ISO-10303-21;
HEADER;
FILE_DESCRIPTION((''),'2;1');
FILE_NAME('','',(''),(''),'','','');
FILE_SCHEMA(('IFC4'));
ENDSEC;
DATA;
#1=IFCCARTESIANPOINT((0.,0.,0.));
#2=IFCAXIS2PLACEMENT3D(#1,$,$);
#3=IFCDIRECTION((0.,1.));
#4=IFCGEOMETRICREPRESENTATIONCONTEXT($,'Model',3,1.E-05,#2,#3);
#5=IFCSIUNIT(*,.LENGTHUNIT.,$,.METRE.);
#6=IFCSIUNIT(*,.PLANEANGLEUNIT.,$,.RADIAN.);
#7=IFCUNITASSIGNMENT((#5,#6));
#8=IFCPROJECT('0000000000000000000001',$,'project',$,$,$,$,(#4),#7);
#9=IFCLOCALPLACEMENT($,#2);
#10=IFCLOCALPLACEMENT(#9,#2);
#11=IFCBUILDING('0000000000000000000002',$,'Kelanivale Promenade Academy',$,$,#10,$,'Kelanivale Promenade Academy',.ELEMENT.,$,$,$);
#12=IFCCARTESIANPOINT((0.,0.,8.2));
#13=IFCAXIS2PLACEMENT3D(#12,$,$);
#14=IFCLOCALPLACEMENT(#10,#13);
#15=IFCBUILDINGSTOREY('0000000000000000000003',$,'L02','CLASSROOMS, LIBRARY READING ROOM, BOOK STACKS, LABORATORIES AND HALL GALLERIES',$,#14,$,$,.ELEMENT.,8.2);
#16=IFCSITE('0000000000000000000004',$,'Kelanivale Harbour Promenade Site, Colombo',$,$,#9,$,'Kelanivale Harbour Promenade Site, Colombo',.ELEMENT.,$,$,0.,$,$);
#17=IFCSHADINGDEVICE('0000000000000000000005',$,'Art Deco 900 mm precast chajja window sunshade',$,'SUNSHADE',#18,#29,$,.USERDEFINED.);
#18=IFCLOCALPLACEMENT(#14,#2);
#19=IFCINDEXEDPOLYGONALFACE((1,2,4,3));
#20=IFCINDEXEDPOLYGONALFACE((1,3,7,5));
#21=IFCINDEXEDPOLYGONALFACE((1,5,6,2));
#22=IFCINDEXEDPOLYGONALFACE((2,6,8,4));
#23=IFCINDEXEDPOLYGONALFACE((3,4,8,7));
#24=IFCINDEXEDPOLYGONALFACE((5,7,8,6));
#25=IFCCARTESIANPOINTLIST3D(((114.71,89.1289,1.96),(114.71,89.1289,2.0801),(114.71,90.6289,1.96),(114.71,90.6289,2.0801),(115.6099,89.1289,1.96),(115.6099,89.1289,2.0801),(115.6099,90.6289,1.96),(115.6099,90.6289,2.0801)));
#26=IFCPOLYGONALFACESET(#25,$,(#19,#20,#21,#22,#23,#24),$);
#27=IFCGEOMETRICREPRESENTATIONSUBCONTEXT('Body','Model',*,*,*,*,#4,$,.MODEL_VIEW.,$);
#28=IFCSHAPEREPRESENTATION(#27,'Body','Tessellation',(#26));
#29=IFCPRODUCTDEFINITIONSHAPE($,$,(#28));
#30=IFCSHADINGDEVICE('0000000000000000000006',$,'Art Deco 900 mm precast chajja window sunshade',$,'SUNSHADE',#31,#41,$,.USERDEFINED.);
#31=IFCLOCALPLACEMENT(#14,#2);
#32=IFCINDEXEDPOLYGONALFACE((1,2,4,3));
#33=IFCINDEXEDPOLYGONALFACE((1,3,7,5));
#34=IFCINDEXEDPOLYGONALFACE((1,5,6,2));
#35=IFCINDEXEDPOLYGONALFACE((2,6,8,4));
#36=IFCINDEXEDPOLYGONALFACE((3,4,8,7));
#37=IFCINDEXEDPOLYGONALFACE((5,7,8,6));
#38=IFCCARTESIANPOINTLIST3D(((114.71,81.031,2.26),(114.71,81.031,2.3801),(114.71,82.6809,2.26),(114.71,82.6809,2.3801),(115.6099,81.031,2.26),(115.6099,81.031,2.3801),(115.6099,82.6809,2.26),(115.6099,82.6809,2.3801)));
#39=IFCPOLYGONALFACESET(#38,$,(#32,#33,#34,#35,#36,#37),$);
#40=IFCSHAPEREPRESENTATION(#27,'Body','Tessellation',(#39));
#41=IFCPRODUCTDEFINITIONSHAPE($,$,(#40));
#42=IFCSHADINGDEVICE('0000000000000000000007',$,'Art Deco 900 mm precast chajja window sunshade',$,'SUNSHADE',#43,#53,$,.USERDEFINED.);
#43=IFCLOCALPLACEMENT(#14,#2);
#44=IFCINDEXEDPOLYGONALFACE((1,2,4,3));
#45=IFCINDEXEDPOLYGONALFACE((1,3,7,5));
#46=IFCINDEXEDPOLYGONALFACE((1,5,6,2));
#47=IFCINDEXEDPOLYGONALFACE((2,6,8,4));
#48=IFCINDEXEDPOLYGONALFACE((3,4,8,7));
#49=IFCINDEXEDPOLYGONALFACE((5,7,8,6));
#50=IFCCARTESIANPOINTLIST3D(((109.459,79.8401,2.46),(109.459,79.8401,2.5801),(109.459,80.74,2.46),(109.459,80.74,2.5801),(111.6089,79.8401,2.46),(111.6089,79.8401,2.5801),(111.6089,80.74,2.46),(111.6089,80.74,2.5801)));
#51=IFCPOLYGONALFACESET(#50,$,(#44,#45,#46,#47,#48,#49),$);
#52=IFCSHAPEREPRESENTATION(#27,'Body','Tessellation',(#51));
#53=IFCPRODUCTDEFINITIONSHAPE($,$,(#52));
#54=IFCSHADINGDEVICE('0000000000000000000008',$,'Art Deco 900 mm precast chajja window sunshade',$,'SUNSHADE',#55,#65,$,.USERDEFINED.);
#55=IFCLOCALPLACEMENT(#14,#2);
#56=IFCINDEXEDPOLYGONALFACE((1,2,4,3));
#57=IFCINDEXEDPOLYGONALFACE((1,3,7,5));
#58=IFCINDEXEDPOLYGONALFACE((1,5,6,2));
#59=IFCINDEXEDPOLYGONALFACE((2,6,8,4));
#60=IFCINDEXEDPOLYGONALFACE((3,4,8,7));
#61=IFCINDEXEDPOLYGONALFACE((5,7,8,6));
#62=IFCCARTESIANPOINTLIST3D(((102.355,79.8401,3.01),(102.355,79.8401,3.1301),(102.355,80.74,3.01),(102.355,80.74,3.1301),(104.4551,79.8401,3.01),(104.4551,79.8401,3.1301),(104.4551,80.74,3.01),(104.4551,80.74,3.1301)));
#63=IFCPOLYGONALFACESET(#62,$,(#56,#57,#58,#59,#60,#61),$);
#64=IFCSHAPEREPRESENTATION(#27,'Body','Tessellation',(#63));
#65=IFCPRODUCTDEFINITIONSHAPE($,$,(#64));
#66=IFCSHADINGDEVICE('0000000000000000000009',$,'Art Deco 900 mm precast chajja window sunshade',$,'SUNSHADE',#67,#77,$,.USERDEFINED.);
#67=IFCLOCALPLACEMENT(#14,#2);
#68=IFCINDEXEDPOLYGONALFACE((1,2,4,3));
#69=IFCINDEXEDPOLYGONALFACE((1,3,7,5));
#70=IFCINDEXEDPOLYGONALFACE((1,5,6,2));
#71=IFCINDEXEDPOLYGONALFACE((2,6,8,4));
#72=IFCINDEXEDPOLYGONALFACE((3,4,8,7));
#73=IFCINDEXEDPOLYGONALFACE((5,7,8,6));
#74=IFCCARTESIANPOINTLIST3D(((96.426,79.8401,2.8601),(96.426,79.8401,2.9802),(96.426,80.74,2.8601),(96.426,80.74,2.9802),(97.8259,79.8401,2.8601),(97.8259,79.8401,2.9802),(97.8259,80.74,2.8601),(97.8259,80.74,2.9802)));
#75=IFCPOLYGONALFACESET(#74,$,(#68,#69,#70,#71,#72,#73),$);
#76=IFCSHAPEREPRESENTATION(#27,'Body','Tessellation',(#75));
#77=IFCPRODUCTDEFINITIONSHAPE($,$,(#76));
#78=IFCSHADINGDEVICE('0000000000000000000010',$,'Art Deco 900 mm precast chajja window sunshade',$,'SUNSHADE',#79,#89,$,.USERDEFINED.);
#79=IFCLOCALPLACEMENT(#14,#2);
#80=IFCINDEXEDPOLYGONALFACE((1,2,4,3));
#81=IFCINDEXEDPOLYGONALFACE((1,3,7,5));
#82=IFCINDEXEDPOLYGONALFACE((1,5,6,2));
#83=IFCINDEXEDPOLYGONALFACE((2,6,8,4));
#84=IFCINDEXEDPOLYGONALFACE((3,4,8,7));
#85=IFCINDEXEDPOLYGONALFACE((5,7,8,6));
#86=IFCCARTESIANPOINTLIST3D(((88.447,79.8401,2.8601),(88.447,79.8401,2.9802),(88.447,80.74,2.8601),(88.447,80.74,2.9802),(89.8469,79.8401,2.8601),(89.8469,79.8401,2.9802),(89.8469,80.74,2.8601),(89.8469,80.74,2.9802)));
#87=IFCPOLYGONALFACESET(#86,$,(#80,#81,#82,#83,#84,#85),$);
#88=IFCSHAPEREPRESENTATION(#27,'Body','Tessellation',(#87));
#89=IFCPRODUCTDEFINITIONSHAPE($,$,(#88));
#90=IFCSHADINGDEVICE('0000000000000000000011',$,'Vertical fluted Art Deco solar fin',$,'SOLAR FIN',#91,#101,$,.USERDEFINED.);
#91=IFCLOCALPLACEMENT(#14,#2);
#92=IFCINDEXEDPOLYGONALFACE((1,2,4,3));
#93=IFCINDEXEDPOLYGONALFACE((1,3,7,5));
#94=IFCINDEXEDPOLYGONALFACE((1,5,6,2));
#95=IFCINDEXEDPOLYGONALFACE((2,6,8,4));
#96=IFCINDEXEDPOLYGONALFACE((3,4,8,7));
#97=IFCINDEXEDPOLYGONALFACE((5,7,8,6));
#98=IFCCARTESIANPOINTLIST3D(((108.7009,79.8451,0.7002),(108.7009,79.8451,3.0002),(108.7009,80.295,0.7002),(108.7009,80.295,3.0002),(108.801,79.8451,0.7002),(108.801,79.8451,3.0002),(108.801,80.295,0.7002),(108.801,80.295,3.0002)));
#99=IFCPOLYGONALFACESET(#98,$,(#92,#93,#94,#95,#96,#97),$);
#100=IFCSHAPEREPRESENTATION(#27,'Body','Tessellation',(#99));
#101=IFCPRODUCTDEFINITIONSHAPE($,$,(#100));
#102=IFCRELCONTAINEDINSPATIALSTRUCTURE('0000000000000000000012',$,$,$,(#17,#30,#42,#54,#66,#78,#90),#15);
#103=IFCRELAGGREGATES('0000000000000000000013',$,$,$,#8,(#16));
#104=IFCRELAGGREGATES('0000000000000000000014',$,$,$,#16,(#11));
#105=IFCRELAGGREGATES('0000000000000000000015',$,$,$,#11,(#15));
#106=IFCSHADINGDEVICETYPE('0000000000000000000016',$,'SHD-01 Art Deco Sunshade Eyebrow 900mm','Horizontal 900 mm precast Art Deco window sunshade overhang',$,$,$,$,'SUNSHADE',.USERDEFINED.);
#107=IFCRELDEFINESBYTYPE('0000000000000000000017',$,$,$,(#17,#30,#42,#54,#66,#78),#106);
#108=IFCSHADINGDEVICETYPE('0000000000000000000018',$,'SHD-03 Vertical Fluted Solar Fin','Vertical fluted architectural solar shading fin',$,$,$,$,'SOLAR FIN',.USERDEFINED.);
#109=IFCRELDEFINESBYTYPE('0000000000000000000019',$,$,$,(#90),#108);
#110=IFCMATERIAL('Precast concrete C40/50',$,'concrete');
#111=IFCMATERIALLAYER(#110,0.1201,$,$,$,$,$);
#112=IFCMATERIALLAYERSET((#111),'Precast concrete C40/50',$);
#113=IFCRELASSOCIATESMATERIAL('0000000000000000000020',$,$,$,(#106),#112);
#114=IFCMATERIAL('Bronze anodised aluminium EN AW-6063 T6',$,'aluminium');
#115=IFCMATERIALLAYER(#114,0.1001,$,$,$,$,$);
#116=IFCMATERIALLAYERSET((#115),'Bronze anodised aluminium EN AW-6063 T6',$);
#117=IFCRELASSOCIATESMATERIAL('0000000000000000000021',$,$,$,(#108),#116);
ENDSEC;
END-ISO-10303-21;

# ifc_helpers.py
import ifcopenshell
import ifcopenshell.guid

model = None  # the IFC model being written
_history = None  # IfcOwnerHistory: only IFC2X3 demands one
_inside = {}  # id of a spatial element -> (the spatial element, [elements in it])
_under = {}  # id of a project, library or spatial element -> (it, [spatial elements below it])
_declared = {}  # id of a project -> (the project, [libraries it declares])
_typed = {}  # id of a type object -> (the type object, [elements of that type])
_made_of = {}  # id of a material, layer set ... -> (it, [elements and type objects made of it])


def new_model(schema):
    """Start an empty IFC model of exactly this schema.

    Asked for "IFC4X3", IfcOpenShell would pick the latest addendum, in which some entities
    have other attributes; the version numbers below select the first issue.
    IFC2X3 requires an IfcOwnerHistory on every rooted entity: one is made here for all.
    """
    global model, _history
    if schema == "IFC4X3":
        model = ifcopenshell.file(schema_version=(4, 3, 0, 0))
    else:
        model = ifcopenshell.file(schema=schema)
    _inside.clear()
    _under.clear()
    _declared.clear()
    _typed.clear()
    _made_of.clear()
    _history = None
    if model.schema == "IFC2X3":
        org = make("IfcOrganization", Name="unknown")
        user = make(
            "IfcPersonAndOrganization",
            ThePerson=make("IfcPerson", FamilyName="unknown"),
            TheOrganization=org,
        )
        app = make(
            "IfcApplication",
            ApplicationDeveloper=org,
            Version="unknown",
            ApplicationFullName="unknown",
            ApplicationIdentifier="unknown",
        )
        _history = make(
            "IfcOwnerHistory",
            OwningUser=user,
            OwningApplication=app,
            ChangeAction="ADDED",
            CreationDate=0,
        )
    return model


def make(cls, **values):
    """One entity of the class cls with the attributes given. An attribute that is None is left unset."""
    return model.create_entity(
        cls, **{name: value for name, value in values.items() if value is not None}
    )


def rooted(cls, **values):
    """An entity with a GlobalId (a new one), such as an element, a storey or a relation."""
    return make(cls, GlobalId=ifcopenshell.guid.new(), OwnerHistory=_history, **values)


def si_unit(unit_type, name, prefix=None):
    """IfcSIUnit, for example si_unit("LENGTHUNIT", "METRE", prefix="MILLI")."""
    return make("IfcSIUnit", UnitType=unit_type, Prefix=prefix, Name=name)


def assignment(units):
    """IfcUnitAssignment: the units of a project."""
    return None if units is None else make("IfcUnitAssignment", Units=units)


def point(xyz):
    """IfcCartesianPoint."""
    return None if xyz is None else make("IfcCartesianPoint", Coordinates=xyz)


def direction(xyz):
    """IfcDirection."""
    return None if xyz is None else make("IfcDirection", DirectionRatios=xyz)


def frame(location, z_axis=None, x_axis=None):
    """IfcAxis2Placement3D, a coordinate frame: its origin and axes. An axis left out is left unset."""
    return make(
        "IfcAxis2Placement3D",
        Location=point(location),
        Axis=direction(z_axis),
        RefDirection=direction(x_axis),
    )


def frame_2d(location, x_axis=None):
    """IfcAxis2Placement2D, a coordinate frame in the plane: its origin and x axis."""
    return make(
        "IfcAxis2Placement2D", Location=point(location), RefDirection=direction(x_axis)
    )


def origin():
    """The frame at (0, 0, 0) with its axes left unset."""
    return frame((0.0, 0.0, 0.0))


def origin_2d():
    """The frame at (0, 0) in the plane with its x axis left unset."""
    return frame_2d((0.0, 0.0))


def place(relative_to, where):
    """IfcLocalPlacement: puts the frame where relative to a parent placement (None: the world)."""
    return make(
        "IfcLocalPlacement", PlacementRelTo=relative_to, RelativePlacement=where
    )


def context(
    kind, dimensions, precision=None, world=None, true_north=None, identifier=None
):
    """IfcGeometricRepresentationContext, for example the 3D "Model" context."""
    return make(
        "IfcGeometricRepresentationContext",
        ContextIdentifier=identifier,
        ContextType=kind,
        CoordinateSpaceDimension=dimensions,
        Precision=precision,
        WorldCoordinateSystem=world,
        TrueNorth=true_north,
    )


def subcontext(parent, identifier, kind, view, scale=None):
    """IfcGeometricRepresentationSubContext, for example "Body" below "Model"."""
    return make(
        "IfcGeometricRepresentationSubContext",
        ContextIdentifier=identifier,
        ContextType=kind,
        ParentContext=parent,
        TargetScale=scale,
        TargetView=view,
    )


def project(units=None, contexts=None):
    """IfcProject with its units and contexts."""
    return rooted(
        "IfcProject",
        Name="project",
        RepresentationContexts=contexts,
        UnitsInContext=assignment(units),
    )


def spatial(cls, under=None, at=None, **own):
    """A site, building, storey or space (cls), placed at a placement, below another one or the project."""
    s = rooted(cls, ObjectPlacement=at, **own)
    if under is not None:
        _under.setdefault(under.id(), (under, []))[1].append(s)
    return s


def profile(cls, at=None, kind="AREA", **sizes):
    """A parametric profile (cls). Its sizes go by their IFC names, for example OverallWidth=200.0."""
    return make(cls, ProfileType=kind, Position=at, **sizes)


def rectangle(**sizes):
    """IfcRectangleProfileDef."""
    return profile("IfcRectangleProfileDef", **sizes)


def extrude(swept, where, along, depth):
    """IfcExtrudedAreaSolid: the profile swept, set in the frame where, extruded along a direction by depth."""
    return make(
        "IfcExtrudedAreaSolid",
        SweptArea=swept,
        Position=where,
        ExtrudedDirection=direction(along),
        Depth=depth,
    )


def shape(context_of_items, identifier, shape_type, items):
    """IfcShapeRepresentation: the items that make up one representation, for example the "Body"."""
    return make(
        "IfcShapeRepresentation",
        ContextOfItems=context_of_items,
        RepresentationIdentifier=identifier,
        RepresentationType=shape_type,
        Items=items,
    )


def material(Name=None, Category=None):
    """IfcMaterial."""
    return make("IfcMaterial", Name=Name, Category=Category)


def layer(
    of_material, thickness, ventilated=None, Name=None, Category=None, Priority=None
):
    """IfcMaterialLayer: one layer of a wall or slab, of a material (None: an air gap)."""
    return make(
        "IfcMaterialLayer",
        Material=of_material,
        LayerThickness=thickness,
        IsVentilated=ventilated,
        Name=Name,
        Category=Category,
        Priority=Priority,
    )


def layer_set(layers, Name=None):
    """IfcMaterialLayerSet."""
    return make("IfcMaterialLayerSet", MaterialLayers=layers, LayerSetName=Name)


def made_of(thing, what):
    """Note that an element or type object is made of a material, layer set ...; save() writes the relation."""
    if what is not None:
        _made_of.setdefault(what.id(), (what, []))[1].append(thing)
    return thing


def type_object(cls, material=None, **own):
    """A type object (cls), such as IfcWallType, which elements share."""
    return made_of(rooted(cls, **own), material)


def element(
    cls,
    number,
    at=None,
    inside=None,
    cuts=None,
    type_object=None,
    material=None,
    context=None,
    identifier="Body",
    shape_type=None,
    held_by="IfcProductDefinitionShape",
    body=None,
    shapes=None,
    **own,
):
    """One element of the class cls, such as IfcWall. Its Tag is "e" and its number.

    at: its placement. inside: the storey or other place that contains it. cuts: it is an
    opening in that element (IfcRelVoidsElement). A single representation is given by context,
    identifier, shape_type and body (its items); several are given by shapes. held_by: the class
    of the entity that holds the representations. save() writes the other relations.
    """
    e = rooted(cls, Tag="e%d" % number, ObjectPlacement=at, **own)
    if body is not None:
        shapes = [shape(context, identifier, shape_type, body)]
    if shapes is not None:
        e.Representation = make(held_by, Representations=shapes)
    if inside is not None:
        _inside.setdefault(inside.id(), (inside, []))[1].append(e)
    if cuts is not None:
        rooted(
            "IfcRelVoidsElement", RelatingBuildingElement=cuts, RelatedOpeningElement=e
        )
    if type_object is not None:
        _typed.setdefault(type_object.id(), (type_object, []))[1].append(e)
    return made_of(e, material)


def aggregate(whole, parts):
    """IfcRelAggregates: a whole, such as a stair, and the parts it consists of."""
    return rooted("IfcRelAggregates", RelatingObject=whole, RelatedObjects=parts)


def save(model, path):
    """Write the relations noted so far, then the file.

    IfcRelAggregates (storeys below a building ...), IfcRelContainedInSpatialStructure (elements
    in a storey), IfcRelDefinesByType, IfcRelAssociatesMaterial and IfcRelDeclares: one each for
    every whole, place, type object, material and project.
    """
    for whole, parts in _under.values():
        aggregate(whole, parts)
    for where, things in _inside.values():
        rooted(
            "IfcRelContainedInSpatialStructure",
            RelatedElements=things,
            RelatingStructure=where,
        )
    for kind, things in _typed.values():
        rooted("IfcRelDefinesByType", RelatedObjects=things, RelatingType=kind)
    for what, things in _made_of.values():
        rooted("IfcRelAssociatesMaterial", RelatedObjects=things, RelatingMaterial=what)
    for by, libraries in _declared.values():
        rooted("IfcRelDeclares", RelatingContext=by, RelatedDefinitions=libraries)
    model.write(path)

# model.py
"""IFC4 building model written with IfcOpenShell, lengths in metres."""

from ifc_helpers import new_model, si_unit, direction, frame, origin, origin_2d, place, context, subcontext, project, spatial, rectangle, extrude, material, layer, layer_set, type_object, element, save


model = new_model("IFC4")

# Units and contexts
model_context = context("Model", 3, precision=1e-05, world=origin(), true_north=direction((0.0, 1.0)))
body_context = subcontext(model_context, "Body", "Model", "MODEL_VIEW")
ifc_project = project(units=[si_unit("LENGTHUNIT", "METRE"), si_unit("PLANEANGLEUNIT", "RADIAN")], contexts=[model_context])

# Site, building, storey
site_placement = place(None, origin())
site = spatial("IfcSite", under=ifc_project, at=site_placement, Name="Kelanivale Harbour Promenade Site, Colombo", LongName="Kelanivale Harbour Promenade Site, Colombo", CompositionType="ELEMENT", RefElevation=0.0)
building_placement = place(site_placement, origin())
building = spatial("IfcBuilding", under=site, at=building_placement, Name="Kelanivale Promenade Academy", LongName="Kelanivale Promenade Academy", CompositionType="ELEMENT")
storey_placement = place(building_placement, frame((0.0, 0.0, 8.2)))
storey = spatial("IfcBuildingStorey", under=building, at=storey_placement, Name="L02", Description="CLASSROOMS, LIBRARY READING ROOM, BOOK STACKS, LABORATORIES AND HALL GALLERIES", CompositionType="ELEMENT", Elevation=8.2)

# Shading devices
ifc_material_1 = material(Name="Precast concrete C40/50", Category="concrete")
ifc_layer_1 = layer(ifc_material_1, 0.1201)
ifc_layer_set_1 = layer_set([ifc_layer_1], Name="Precast concrete C40/50")
shading_device_type_1 = type_object("IfcShadingDeviceType", Name="SHD-01 Art Deco Sunshade Eyebrow 900mm", Description="Horizontal 900 mm precast Art Deco window sunshade overhang", ElementType="SUNSHADE", PredefinedType="USERDEFINED", material=ifc_layer_set_1)
shading_device_1_placement = place(storey_placement, frame((115.1599, 89.8789, 1.96), z_axis=(0.0, 0.0, 1.0), x_axis=(0.0, -1.0, 0.0)))
element("IfcShadingDevice", 1, at=shading_device_1_placement, inside=storey, type_object=shading_device_type_1, Name="Art Deco 900 mm precast chajja window sunshade", ObjectType="SUNSHADE", PredefinedType="USERDEFINED", context=body_context, shape_type="SweptSolid", body=[
    extrude(rectangle(XDim=1.5, YDim=0.8999, at=origin_2d()), origin(), (0.0, 0.0, 1.0), 0.1201),
])
shading_device_2_placement = place(storey_placement, frame((115.1599, 81.856, 2.26), z_axis=(0.0, 0.0, 1.0), x_axis=(0.0, -1.0, 0.0)))
element("IfcShadingDevice", 2, at=shading_device_2_placement, inside=storey, type_object=shading_device_type_1, Name="Art Deco 900 mm precast chajja window sunshade", ObjectType="SUNSHADE", PredefinedType="USERDEFINED", context=body_context, shape_type="SweptSolid", body=[
    extrude(rectangle(XDim=1.6499, YDim=0.8999, at=origin_2d()), origin(), (0.0, 0.0, 1.0), 0.1201),
])
shading_device_3_placement = place(storey_placement, frame((110.5339, 80.29, 2.46), z_axis=(0.0, 0.0, 1.0), x_axis=(-1.0, 0.0, 0.0)))
element("IfcShadingDevice", 3, at=shading_device_3_placement, inside=storey, type_object=shading_device_type_1, Name="Art Deco 900 mm precast chajja window sunshade", ObjectType="SUNSHADE", PredefinedType="USERDEFINED", context=body_context, shape_type="SweptSolid", body=[
    extrude(rectangle(XDim=2.1499, YDim=0.8999, at=origin_2d()), origin(), (0.0, 0.0, 1.0), 0.1201),
])
shading_device_4_placement = place(storey_placement, frame((103.405, 80.29, 3.01), z_axis=(0.0, 0.0, 1.0), x_axis=(-1.0, 0.0, 0.0)))
element("IfcShadingDevice", 4, at=shading_device_4_placement, inside=storey, type_object=shading_device_type_1, Name="Art Deco 900 mm precast chajja window sunshade", ObjectType="SUNSHADE", PredefinedType="USERDEFINED", context=body_context, shape_type="SweptSolid", body=[
    extrude(rectangle(XDim=2.1001, YDim=0.8999, at=origin_2d()), origin(), (0.0, 0.0, 1.0), 0.1201),
])
for number, where, z_axis, x_axis, name in (
    (5, (97.126, 80.29, 2.8601), (0.0, 0.0, 1.0), (-1.0, 0.0, 0.0), "Art Deco 900 mm precast chajja window sunshade"),
    (6, (89.147, 80.29, 2.8601), (0.0, 0.0, 1.0), (-1.0, 0.0, 0.0), "Art Deco 900 mm precast chajja window sunshade"),
):
    element("IfcShadingDevice", number, at=place(storey_placement, frame(where, z_axis=z_axis, x_axis=x_axis)), inside=storey, type_object=shading_device_type_1, Name=name, ObjectType="SUNSHADE", PredefinedType="USERDEFINED", context=body_context, shape_type="SweptSolid", body=[
        extrude(rectangle(XDim=1.3999, YDim=0.8999, at=origin_2d()), origin(), (0.0, 0.0, 1.0), 0.1201),
    ])
ifc_material_2 = material(Name="Bronze anodised aluminium EN AW-6063 T6", Category="aluminium")
ifc_layer_2 = layer(ifc_material_2, 0.1001)
ifc_layer_set_2 = layer_set([ifc_layer_2], Name="Bronze anodised aluminium EN AW-6063 T6")
shading_device_type_2 = type_object("IfcShadingDeviceType", Name="SHD-03 Vertical Fluted Solar Fin", Description="Vertical fluted architectural solar shading fin", ElementType="SOLAR FIN", PredefinedType="USERDEFINED", material=ifc_layer_set_2)
shading_device_5_placement = place(storey_placement, frame((108.751, 80.0701, 0.7002), z_axis=(0.0, 0.0, 1.0), x_axis=(-1.0, 0.0, 0.0)))
element("IfcShadingDevice", 7, at=shading_device_5_placement, inside=storey, type_object=shading_device_type_2, Name="Vertical fluted Art Deco solar fin", ObjectType="SOLAR FIN", PredefinedType="USERDEFINED", context=body_context, shape_type="SweptSolid", body=[
    extrude(rectangle(XDim=0.1001, YDim=0.45, at=origin_2d()), origin(), (0.0, 0.0, 1.0), 2.3),
])

save(model, "model.ifc")
